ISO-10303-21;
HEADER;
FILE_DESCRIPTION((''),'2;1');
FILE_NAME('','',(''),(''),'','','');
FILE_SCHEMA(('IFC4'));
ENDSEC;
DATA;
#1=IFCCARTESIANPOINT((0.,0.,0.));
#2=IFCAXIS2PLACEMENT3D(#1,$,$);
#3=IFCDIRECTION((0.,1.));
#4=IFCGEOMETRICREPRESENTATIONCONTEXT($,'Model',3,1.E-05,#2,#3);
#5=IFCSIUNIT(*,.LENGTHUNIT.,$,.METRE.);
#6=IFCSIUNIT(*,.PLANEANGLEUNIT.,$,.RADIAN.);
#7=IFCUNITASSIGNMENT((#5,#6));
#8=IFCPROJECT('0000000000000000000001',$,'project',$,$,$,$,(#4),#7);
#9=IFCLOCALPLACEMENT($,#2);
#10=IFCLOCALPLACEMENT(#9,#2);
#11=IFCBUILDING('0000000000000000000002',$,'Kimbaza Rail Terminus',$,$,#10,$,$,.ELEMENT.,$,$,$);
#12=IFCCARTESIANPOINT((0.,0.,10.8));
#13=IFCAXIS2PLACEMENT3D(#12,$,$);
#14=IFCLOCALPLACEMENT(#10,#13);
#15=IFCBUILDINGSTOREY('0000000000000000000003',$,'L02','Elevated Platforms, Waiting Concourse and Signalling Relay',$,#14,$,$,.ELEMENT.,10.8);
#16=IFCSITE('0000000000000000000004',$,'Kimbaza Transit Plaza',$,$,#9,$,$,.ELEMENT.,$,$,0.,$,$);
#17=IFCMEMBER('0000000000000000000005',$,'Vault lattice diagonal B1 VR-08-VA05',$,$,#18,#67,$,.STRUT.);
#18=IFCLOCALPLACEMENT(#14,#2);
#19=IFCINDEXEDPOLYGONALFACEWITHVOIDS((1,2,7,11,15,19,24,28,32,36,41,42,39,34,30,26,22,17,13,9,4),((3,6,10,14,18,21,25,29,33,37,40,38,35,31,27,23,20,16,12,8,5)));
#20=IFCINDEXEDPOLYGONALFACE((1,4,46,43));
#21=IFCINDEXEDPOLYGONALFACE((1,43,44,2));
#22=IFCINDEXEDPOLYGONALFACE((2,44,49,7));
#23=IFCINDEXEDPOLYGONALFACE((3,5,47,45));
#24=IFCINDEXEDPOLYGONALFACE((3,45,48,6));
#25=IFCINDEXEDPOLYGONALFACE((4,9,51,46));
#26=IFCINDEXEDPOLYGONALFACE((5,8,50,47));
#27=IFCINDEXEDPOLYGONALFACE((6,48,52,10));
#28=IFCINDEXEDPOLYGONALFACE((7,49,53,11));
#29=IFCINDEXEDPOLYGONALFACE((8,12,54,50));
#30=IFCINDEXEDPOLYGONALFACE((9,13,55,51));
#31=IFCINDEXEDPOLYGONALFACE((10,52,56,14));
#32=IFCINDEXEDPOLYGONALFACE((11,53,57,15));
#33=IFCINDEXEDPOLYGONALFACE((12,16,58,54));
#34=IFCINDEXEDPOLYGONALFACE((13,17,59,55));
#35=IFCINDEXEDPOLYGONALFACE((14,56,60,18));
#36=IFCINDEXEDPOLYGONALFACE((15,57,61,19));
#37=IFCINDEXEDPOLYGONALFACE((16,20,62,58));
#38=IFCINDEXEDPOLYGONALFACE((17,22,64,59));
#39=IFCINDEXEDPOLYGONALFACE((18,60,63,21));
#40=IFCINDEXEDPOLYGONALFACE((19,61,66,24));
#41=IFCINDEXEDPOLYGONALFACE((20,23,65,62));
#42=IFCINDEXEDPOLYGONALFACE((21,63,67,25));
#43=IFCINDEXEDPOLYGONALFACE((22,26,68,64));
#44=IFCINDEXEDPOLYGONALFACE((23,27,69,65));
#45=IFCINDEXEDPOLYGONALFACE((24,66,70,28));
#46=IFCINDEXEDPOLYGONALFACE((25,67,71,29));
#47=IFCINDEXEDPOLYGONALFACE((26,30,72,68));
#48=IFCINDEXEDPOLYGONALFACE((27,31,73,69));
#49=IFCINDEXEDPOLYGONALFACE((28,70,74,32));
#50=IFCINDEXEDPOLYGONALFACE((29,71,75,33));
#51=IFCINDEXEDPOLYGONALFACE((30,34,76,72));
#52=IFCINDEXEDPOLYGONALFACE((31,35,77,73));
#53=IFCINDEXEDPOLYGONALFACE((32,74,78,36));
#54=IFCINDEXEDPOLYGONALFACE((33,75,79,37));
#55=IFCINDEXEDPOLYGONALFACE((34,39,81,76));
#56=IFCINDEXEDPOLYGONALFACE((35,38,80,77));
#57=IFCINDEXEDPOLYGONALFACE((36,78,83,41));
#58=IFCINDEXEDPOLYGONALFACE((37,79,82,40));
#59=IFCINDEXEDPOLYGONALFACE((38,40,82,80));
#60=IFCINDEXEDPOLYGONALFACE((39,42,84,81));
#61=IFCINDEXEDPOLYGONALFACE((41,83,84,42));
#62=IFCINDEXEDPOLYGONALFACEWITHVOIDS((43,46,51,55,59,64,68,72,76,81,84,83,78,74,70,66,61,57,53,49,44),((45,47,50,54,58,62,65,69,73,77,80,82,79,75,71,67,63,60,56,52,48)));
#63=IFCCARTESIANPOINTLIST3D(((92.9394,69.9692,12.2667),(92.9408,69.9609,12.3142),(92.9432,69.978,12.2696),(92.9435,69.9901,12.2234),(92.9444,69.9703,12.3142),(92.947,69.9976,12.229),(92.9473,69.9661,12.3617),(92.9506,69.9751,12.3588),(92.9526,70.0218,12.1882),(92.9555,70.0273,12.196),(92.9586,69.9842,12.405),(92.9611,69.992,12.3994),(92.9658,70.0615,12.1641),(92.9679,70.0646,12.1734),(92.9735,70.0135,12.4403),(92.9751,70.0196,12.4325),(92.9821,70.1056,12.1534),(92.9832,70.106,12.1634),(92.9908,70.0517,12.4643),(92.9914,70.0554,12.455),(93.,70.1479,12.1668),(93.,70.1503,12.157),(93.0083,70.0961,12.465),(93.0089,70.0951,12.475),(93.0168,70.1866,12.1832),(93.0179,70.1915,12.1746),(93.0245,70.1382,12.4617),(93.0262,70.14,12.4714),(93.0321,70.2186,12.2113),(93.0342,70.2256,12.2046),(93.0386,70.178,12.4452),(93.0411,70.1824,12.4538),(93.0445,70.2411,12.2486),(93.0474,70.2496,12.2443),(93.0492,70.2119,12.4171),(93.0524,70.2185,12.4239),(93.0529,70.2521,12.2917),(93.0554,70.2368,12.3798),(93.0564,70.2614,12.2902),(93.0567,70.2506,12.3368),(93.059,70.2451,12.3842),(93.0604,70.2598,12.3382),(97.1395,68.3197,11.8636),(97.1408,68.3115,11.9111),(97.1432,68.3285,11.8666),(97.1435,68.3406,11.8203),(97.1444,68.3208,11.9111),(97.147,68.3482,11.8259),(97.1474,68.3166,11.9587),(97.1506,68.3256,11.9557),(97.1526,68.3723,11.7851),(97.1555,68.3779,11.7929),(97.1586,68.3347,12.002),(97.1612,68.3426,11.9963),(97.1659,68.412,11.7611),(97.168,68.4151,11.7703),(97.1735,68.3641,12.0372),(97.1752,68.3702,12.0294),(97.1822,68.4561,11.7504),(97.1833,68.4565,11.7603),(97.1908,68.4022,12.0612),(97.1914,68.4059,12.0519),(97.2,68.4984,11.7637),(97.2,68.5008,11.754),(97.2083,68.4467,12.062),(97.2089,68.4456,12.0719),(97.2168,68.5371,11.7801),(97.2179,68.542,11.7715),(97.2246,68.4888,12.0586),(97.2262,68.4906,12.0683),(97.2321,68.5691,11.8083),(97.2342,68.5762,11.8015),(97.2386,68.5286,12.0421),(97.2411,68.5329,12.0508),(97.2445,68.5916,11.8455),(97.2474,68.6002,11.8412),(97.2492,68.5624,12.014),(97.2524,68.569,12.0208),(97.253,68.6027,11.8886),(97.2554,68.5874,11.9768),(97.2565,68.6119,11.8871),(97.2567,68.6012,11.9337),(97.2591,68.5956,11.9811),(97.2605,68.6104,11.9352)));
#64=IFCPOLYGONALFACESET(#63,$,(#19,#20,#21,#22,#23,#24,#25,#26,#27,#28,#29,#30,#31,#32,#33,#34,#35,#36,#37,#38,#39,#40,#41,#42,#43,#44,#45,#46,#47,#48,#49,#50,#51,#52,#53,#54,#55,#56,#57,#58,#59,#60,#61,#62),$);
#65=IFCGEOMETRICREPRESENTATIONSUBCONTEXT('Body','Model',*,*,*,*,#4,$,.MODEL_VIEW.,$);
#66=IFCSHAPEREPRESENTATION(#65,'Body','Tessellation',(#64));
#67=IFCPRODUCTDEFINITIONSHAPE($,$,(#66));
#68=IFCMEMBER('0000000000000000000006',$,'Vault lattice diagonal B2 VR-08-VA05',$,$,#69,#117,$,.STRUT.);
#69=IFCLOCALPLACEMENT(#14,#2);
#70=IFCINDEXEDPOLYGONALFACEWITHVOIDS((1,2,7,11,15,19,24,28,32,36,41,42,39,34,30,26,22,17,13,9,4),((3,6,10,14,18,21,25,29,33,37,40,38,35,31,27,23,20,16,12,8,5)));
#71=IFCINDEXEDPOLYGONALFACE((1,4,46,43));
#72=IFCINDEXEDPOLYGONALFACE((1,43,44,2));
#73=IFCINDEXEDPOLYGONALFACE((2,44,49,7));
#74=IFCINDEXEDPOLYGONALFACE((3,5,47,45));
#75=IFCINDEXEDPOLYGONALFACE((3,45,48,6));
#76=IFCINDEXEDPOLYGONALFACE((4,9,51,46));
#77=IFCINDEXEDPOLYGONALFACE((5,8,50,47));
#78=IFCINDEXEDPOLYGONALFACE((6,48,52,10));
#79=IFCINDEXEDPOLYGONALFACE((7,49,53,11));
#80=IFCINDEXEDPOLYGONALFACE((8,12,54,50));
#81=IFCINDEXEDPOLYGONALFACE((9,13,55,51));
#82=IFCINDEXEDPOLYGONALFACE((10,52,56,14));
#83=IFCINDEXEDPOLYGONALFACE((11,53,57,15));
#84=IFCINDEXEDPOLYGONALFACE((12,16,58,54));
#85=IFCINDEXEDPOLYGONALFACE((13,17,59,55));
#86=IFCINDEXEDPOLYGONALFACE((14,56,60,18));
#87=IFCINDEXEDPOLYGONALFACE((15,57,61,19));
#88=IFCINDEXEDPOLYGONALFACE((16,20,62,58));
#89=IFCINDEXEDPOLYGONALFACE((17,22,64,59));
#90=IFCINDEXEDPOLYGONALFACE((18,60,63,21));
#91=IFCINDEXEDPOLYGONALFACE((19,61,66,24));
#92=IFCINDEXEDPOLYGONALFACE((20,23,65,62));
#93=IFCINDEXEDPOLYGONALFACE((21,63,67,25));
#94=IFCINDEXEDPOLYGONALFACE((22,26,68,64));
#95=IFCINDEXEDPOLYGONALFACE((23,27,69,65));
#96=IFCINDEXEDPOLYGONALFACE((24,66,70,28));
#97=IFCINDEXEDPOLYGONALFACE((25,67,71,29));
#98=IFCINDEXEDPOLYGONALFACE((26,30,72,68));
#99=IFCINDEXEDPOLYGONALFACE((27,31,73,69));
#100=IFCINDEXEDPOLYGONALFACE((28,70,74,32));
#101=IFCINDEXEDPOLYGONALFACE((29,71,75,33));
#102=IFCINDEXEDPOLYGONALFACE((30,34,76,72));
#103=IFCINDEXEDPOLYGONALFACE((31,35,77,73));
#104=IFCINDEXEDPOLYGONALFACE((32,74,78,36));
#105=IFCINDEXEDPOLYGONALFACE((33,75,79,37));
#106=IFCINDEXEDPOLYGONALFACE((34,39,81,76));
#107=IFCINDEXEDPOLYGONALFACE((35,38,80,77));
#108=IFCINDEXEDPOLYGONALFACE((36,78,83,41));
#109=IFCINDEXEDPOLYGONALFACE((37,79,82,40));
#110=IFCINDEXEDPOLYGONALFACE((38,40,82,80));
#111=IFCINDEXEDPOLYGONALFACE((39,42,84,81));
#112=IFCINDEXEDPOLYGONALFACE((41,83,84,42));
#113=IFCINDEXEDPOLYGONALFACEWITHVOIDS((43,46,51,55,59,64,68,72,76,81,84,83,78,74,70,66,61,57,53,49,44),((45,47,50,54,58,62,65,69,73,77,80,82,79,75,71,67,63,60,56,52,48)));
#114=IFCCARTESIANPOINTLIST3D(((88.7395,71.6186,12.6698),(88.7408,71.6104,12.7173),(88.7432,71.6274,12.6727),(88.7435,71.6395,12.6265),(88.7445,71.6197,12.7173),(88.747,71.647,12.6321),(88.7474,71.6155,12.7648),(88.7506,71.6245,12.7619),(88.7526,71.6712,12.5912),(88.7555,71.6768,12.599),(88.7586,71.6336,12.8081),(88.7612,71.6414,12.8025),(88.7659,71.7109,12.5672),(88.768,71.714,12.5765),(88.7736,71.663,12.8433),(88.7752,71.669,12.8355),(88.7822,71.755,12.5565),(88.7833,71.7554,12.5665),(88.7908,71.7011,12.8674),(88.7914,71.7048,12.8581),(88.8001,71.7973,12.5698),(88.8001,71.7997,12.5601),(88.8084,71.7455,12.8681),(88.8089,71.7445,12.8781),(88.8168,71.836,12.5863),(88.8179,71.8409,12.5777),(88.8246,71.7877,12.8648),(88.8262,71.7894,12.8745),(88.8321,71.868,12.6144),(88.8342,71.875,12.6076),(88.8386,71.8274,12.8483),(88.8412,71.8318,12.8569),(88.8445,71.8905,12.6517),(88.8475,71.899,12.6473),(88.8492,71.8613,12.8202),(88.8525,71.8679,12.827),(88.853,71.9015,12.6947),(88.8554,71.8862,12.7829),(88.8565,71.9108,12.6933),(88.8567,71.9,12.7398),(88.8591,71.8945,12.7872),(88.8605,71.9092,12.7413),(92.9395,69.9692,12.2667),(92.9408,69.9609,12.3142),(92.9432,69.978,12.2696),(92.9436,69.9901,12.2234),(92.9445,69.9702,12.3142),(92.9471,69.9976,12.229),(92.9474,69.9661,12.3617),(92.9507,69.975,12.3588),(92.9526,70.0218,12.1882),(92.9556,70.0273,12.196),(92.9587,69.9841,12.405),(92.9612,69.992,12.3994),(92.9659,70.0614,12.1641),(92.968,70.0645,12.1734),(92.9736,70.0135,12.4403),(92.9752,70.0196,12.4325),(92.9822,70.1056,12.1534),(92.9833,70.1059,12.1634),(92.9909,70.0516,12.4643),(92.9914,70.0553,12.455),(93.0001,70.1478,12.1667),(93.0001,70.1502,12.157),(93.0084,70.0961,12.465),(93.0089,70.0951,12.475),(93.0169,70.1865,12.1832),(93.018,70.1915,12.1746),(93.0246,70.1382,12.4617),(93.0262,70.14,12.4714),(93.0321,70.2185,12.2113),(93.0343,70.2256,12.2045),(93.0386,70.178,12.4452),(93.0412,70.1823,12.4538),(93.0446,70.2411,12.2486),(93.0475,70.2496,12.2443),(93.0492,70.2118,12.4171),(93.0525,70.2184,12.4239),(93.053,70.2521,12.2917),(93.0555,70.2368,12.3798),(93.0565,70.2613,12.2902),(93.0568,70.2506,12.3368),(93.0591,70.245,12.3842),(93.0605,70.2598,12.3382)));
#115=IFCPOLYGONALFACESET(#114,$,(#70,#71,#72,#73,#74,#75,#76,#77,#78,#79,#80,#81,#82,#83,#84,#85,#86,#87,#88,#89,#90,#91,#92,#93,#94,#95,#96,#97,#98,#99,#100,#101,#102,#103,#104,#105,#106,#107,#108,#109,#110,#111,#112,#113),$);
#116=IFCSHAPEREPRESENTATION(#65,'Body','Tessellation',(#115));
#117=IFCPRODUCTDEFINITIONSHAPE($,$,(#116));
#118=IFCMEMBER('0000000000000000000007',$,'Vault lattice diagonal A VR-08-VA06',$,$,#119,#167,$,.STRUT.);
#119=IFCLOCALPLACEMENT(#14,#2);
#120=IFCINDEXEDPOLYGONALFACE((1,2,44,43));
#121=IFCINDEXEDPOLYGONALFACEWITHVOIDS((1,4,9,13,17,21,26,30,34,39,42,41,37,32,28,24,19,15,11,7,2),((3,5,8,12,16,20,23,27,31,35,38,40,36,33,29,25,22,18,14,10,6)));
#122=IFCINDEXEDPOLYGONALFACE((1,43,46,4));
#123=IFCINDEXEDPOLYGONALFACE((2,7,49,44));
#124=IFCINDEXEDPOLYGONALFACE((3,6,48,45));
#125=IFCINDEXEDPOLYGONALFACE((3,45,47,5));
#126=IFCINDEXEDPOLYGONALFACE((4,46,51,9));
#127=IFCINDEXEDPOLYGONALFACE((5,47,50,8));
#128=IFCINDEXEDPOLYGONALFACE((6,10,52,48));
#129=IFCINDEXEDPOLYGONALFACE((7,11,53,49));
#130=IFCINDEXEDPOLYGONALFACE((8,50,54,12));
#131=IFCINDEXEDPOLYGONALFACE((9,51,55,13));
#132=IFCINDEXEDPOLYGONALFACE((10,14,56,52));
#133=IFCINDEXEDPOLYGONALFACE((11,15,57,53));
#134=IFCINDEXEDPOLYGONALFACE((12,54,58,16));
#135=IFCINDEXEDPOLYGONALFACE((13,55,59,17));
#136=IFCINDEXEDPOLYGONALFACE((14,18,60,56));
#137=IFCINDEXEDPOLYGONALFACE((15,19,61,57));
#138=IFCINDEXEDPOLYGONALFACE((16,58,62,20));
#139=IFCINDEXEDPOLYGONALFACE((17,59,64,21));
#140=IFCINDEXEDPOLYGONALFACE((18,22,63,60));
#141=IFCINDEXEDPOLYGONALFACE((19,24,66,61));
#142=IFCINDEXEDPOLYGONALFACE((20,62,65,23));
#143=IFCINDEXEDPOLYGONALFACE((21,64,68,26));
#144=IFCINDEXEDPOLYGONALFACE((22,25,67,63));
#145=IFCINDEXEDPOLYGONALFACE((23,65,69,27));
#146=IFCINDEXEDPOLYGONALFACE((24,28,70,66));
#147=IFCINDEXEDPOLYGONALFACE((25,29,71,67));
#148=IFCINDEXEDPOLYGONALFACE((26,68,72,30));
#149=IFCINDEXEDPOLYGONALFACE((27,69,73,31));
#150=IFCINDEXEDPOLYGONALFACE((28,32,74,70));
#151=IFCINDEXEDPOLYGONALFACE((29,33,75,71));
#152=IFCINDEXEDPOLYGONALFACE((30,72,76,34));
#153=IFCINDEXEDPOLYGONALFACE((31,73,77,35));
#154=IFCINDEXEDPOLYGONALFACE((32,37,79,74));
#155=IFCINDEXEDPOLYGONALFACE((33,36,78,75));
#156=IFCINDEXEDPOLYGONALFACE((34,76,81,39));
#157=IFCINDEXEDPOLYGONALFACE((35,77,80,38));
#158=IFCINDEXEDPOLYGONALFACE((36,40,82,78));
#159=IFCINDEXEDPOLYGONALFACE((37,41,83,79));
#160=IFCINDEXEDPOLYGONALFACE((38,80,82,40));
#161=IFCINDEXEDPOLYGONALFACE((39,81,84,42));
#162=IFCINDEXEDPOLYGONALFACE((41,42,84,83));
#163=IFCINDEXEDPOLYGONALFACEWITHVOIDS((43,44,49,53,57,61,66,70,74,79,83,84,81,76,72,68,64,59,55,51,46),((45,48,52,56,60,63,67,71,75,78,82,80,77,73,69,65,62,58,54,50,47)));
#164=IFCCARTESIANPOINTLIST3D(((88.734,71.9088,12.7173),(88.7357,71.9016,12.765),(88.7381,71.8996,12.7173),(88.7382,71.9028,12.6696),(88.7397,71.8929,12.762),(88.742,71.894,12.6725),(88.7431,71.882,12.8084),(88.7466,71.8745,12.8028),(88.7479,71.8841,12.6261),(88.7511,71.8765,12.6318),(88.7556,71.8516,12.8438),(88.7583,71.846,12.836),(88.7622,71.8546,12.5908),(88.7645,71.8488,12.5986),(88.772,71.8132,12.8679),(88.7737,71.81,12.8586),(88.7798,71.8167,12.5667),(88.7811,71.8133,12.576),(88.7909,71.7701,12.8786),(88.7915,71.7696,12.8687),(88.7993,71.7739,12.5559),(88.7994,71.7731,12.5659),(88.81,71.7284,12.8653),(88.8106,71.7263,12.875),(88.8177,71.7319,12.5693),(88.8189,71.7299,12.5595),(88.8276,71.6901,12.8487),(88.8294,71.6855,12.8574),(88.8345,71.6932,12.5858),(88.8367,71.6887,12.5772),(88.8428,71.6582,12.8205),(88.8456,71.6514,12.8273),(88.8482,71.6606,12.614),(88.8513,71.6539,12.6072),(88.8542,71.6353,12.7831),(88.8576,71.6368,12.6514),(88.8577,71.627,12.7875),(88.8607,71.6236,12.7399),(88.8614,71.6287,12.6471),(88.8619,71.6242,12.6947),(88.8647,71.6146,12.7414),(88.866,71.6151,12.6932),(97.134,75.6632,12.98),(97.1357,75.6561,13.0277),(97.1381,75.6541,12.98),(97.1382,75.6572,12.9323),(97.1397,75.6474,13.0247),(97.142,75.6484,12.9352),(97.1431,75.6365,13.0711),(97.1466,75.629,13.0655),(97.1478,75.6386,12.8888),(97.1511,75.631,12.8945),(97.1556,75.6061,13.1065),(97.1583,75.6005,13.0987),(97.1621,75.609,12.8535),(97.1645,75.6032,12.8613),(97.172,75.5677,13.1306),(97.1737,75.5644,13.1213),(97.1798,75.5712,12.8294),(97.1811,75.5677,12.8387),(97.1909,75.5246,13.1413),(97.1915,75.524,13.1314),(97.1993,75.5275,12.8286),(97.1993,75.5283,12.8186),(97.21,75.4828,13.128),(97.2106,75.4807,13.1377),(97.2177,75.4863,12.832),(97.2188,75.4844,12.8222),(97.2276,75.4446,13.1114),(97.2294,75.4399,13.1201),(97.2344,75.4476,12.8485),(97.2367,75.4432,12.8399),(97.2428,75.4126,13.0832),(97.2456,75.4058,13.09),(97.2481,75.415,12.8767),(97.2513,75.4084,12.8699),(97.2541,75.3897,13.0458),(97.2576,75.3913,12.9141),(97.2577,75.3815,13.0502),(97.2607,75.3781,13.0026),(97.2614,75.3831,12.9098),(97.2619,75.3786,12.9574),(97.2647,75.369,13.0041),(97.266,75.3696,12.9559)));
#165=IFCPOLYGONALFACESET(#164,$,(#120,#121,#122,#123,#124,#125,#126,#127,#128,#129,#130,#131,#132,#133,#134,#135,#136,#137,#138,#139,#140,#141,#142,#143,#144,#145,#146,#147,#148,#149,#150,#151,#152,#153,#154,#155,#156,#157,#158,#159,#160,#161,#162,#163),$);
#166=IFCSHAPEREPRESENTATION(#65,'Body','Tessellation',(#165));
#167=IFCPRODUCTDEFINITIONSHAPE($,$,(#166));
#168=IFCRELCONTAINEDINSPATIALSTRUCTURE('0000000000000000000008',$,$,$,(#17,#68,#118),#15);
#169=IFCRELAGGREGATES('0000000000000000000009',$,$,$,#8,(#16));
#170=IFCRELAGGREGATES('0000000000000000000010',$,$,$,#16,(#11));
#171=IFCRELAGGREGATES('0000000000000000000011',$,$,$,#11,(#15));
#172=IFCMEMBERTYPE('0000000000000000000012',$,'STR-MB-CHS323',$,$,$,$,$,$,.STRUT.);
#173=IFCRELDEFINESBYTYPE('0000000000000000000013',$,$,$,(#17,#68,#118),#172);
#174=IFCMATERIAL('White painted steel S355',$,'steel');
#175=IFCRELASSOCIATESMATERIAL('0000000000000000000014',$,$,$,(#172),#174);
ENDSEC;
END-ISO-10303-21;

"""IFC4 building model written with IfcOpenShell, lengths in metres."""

from ifc_helpers import new_model, si_unit, direction, frame, origin, origin_2d, place, context, subcontext, project, spatial, hollow_circle, extrude, material, material_profile, profile_set, type_object, element, save


model = new_model("IFC4")

# Units and contexts
model_context = context("Model", 3, precision=1e-05, world=origin(), true_north=direction((0.0, 1.0)))
body_context = subcontext(model_context, "Body", "Model", "MODEL_VIEW")
ifc_project = project(units=[si_unit("LENGTHUNIT", "METRE"), si_unit("PLANEANGLEUNIT", "RADIAN")], contexts=[model_context])

# Site, building, storey
site_placement = place(None, origin())
site = spatial("IfcSite", under=ifc_project, at=site_placement, Name="Kimbaza Transit Plaza", CompositionType="ELEMENT", RefElevation=0.0)
building_placement = place(site_placement, origin())
building = spatial("IfcBuilding", under=site, at=building_placement, Name="Kimbaza Rail Terminus", CompositionType="ELEMENT")
storey_placement = place(building_placement, frame((0.0, 0.0, 10.8)))
storey = spatial("IfcBuildingStorey", under=building, at=storey_placement, Name="L02", Description="Elevated Platforms, Waiting Concourse and Signalling Relay", CompositionType="ELEMENT", Elevation=10.8)

# Members
ifc_material_1 = material(Name="White painted steel S355", Category="steel")
ifc_material_profile_1 = material_profile(ifc_material_1, hollow_circle(Radius=0.1619, WallThickness=0.01, at=origin_2d()), Name="CHS 323.9x10")
ifc_profile_set_1 = profile_set([ifc_material_profile_1], Name="White painted steel S355")
member_type_1 = type_object("IfcMemberType", Name="STR-MB-CHS323", PredefinedType="STRUT", material=ifc_profile_set_1)
for number, where, z_axis, x_axis, name in (
    (1, (97.2, 68.4622, 11.9111), (-0.927103, 0.364094, 0.088976), (-0.365544, -0.930794, 0.0), "Vault lattice diagonal B1 VR-08-VA05"),
    (2, (93.0, 70.1116, 12.3142), (-0.927103, 0.364094, 0.088976), (-0.365544, -0.930794, 0.0), "Vault lattice diagonal B2 VR-08-VA05"),
):
    element("IfcMember", number, at=place(storey_placement, frame(where, z_axis=z_axis, x_axis=x_axis)), inside=storey, type_object=member_type_1, Name=name, PredefinedType="STRUT", context=body_context, shape_type="SweptSolid", body=[
        extrude(hollow_circle(Radius=0.1619, WallThickness=0.01, at=origin_2d()), origin(), (0.0, 0.0, 1.0), 4.5303),
    ])
member_1_placement = place(storey_placement, frame((88.8, 71.761, 12.7173), z_axis=(0.912586, 0.407887, 0.02854), x_axis=(-0.408053, 0.912958, 0.0)))
element("IfcMember", 3, at=member_1_placement, inside=storey, type_object=member_type_1, Name="Vault lattice diagonal A VR-08-VA06", PredefinedType="STRUT", context=body_context, shape_type="SweptSolid", body=[
    extrude(hollow_circle(Radius=0.1619, WallThickness=0.01, at=origin_2d()), origin(), (0.0, 0.0, 1.0), 9.2046),
])

save(model, "model.ifc")
